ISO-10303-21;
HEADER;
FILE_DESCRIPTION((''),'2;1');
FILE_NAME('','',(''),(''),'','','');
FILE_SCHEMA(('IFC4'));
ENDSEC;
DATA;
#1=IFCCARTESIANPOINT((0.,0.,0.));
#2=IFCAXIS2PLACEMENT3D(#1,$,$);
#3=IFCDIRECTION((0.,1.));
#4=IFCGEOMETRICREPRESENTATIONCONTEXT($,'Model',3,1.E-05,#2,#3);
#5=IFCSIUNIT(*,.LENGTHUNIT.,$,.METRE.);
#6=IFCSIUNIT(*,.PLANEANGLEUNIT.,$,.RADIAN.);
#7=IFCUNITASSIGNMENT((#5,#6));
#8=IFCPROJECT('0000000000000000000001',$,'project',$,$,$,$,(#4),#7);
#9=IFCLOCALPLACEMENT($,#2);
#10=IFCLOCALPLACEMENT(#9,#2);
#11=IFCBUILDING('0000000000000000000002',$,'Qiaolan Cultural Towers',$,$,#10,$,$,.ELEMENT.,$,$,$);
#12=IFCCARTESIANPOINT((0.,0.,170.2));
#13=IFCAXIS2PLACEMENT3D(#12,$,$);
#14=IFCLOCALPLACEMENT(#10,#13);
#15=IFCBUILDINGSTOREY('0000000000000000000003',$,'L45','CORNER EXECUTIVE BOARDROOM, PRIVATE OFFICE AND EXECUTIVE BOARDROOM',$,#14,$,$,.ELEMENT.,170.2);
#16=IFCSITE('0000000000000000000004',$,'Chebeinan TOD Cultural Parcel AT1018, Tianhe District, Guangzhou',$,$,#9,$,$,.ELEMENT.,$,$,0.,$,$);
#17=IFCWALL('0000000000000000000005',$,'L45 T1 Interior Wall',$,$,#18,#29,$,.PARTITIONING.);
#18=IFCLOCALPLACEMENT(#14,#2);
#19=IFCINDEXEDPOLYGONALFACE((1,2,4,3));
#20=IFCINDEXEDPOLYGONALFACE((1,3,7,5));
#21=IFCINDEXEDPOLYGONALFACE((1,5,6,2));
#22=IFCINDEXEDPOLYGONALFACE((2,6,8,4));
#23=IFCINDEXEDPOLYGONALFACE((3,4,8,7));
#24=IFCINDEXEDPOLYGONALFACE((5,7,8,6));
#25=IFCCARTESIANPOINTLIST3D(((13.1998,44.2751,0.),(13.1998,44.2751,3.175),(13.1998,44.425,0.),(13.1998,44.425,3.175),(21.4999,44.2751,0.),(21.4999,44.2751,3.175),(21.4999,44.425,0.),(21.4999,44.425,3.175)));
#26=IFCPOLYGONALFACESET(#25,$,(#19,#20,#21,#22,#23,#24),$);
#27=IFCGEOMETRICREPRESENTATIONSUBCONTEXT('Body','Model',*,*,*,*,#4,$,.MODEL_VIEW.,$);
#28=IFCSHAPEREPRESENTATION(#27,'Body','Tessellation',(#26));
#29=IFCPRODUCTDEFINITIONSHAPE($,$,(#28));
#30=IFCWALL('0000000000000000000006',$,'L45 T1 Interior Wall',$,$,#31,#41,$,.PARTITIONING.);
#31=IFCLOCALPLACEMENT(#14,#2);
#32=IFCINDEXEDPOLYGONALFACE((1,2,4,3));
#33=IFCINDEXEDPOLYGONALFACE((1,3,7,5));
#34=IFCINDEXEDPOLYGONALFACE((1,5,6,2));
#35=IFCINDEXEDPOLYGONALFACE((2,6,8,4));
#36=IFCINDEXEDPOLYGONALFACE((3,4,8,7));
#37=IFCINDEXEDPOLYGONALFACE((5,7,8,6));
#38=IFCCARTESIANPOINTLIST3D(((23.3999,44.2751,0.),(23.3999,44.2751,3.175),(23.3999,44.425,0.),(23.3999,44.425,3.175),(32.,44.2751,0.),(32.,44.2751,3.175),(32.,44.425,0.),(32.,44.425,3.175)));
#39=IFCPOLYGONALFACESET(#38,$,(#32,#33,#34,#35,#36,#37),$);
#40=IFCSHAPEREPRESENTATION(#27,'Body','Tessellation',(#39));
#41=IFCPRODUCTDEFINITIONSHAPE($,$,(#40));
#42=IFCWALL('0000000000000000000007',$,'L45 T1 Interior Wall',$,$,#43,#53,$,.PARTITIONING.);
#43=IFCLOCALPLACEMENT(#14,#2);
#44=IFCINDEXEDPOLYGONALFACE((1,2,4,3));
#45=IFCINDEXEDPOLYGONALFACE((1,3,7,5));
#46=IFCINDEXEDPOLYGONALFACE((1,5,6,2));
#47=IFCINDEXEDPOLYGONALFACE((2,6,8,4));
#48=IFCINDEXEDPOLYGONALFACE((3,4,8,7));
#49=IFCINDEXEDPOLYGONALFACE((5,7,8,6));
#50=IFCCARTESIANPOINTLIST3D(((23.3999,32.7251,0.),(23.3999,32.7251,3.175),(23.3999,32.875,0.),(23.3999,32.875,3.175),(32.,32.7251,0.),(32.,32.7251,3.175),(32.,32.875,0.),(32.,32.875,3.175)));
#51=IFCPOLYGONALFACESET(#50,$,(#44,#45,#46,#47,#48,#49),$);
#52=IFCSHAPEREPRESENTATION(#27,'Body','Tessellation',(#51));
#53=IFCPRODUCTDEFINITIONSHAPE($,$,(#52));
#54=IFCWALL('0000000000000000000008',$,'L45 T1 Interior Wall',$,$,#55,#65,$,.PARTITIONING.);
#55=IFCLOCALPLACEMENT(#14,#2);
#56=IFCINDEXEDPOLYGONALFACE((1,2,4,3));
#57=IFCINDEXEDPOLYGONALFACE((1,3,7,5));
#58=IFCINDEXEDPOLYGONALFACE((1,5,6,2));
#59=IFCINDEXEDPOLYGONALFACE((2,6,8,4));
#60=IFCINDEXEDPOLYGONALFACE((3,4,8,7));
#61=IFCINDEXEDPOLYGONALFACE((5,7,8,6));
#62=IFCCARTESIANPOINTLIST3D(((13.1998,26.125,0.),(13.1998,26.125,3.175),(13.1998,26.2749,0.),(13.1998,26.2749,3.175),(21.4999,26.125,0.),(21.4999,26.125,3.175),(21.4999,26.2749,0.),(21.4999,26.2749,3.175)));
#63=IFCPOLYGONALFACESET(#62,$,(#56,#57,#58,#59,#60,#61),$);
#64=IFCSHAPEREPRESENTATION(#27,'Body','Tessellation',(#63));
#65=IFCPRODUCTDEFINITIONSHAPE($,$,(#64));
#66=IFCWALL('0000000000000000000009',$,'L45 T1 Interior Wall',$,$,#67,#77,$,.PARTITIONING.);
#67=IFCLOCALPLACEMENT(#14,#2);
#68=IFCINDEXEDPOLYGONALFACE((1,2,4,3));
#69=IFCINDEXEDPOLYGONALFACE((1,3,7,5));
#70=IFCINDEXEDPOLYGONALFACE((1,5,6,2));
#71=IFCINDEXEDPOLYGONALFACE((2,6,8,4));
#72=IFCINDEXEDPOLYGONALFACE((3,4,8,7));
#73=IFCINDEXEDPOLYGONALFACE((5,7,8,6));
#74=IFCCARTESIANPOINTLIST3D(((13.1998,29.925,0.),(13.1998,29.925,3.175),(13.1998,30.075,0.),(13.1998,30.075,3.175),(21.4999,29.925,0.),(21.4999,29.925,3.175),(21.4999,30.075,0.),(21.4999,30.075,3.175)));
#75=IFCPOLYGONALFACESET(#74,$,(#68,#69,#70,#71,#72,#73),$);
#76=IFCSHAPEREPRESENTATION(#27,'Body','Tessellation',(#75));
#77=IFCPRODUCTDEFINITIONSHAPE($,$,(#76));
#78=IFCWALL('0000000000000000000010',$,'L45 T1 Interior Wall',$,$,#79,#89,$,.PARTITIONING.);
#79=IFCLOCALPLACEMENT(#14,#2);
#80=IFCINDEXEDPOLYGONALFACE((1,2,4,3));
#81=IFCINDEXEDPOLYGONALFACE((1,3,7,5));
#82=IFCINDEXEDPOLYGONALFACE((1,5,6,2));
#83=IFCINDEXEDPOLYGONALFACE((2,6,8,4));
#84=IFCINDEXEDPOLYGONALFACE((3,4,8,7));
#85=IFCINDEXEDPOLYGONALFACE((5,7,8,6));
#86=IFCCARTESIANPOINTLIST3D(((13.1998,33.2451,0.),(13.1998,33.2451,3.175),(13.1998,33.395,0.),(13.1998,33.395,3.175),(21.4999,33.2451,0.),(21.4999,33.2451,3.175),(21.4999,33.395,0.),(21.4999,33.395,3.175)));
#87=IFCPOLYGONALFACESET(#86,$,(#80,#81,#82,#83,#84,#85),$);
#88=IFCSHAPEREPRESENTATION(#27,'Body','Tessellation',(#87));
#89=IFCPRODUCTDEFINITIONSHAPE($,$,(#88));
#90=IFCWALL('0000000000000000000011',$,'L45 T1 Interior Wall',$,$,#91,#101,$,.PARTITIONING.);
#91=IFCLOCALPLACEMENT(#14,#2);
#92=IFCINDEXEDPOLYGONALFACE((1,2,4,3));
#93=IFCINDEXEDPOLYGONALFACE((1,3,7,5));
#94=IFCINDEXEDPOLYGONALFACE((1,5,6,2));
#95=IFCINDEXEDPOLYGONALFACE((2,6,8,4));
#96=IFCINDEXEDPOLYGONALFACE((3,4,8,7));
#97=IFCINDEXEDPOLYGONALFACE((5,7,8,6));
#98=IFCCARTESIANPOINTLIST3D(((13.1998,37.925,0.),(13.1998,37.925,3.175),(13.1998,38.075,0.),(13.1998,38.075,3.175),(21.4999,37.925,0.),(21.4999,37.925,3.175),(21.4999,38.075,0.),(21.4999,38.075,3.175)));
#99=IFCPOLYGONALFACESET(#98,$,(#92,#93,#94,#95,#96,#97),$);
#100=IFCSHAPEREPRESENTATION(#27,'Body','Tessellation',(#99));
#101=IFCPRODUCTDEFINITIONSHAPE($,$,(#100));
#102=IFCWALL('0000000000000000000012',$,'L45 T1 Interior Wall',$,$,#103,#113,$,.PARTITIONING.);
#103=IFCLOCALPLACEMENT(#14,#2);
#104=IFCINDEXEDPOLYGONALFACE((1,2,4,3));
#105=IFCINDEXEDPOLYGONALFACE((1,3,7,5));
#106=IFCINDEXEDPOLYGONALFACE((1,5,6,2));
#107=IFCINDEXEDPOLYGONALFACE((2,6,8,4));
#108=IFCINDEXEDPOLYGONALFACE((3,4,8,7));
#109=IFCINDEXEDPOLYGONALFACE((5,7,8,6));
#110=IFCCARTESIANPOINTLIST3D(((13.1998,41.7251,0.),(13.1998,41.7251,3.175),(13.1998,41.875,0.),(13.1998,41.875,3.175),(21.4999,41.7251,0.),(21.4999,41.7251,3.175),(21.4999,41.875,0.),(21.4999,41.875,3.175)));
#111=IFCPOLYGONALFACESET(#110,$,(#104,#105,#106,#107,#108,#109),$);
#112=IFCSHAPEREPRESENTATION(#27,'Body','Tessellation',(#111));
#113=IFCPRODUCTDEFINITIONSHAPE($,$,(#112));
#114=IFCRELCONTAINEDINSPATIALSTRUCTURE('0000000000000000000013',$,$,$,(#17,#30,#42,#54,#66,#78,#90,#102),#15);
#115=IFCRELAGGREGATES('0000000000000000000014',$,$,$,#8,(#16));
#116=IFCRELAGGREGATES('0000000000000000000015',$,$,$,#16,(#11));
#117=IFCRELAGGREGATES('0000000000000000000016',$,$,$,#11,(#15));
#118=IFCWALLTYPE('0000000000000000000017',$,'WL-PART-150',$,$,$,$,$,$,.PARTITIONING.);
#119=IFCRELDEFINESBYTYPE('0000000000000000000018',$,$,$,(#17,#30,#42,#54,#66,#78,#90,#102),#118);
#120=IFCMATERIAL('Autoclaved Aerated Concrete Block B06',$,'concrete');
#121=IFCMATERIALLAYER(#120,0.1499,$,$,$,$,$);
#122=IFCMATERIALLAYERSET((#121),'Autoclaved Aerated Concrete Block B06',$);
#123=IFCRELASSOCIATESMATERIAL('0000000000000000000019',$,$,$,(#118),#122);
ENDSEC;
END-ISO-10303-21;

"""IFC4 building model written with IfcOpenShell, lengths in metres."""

from ifc_helpers import new_model, si_unit, direction, frame, frame_2d, origin, place, context, subcontext, project, spatial, rectangle, extrude, material, layer, layer_set, type_object, element, save


model = new_model("IFC4")

# Units and contexts
model_context = context("Model", 3, precision=1e-05, world=origin(), true_north=direction((0.0, 1.0)))
body_context = subcontext(model_context, "Body", "Model", "MODEL_VIEW")
ifc_project = project(units=[si_unit("LENGTHUNIT", "METRE"), si_unit("PLANEANGLEUNIT", "RADIAN")], contexts=[model_context])

# Site, building, storey
site_placement = place(None, origin())
site = spatial("IfcSite", under=ifc_project, at=site_placement, Name="Chebeinan TOD Cultural Parcel AT1018, Tianhe District, Guangzhou", CompositionType="ELEMENT", RefElevation=0.0)
building_placement = place(site_placement, origin())
building = spatial("IfcBuilding", under=site, at=building_placement, Name="Qiaolan Cultural Towers", CompositionType="ELEMENT")
storey_placement = place(building_placement, frame((0.0, 0.0, 170.2)))
storey = spatial("IfcBuildingStorey", under=building, at=storey_placement, Name="L45", Description="CORNER EXECUTIVE BOARDROOM, PRIVATE OFFICE AND EXECUTIVE BOARDROOM", CompositionType="ELEMENT", Elevation=170.2)

# Shared definitions
ifc_material_1 = material(Name="Autoclaved Aerated Concrete Block B06", Category="concrete")
ifc_layer_1 = layer(ifc_material_1, 0.1499)
ifc_layer_set_1 = layer_set([ifc_layer_1], Name="Autoclaved Aerated Concrete Block B06")
wall_type_1 = type_object("IfcWallType", Name="WL-PART-150", PredefinedType="PARTITIONING", material=ifc_layer_set_1)

# Walls
wall_1_placement = place(storey_placement, frame((13.2, 44.3501, 0.0), z_axis=(0.0, 0.0, 1.0), x_axis=(1.0, 0.0, 0.0)))
element("IfcWall", 1, at=wall_1_placement, inside=storey, type_object=wall_type_1, Name="L45 T1 Interior Wall", PredefinedType="PARTITIONING", context=body_context, shape_type="SweptSolid", body=[
    extrude(rectangle(XDim=8.3, YDim=0.1499, at=frame_2d((4.1499, 0.0))), origin(), (0.0, 0.0, 1.0), 3.175),
])
for number, where, z_axis, x_axis, name in (
    (2, (23.3999, 44.3501, 0.0), (0.0, 0.0, 1.0), (1.0, 0.0, 0.0), "L45 T1 Interior Wall"),
    (3, (23.3999, 32.8, 0.0), (0.0, 0.0, 1.0), (1.0, 0.0, 0.0), "L45 T1 Interior Wall"),
):
    element("IfcWall", number, at=place(storey_placement, frame(where, z_axis=z_axis, x_axis=x_axis)), inside=storey, type_object=wall_type_1, Name=name, PredefinedType="PARTITIONING", context=body_context, shape_type="SweptSolid", body=[
        extrude(rectangle(XDim=8.6001, YDim=0.1499, at=frame_2d((4.3, 0.0))), origin(), (0.0, 0.0, 1.0), 3.175),
    ])
for number, where, z_axis, x_axis, name in (
    (4, (13.2, 26.2, 0.0), (0.0, 0.0, 1.0), (1.0, 0.0, 0.0), "L45 T1 Interior Wall"),
    (5, (13.2, 30.0, 0.0), (0.0, 0.0, 1.0), (1.0, 0.0, 0.0), "L45 T1 Interior Wall"),
    (6, (13.2, 33.3201, 0.0), (0.0, 0.0, 1.0), (1.0, 0.0, 0.0), "L45 T1 Interior Wall"),
    (7, (13.2, 38.0, 0.0), (0.0, 0.0, 1.0), (1.0, 0.0, 0.0), "L45 T1 Interior Wall"),
    (8, (13.2, 41.8, 0.0), (0.0, 0.0, 1.0), (1.0, 0.0, 0.0), "L45 T1 Interior Wall"),
):
    element("IfcWall", number, at=place(storey_placement, frame(where, z_axis=z_axis, x_axis=x_axis)), inside=storey, type_object=wall_type_1, Name=name, PredefinedType="PARTITIONING", context=body_context, shape_type="SweptSolid", body=[
        extrude(rectangle(XDim=8.3, YDim=0.1499, at=frame_2d((4.1499, 0.0))), origin(), (0.0, 0.0, 1.0), 3.175),
    ])

save(model, "model.ifc")
